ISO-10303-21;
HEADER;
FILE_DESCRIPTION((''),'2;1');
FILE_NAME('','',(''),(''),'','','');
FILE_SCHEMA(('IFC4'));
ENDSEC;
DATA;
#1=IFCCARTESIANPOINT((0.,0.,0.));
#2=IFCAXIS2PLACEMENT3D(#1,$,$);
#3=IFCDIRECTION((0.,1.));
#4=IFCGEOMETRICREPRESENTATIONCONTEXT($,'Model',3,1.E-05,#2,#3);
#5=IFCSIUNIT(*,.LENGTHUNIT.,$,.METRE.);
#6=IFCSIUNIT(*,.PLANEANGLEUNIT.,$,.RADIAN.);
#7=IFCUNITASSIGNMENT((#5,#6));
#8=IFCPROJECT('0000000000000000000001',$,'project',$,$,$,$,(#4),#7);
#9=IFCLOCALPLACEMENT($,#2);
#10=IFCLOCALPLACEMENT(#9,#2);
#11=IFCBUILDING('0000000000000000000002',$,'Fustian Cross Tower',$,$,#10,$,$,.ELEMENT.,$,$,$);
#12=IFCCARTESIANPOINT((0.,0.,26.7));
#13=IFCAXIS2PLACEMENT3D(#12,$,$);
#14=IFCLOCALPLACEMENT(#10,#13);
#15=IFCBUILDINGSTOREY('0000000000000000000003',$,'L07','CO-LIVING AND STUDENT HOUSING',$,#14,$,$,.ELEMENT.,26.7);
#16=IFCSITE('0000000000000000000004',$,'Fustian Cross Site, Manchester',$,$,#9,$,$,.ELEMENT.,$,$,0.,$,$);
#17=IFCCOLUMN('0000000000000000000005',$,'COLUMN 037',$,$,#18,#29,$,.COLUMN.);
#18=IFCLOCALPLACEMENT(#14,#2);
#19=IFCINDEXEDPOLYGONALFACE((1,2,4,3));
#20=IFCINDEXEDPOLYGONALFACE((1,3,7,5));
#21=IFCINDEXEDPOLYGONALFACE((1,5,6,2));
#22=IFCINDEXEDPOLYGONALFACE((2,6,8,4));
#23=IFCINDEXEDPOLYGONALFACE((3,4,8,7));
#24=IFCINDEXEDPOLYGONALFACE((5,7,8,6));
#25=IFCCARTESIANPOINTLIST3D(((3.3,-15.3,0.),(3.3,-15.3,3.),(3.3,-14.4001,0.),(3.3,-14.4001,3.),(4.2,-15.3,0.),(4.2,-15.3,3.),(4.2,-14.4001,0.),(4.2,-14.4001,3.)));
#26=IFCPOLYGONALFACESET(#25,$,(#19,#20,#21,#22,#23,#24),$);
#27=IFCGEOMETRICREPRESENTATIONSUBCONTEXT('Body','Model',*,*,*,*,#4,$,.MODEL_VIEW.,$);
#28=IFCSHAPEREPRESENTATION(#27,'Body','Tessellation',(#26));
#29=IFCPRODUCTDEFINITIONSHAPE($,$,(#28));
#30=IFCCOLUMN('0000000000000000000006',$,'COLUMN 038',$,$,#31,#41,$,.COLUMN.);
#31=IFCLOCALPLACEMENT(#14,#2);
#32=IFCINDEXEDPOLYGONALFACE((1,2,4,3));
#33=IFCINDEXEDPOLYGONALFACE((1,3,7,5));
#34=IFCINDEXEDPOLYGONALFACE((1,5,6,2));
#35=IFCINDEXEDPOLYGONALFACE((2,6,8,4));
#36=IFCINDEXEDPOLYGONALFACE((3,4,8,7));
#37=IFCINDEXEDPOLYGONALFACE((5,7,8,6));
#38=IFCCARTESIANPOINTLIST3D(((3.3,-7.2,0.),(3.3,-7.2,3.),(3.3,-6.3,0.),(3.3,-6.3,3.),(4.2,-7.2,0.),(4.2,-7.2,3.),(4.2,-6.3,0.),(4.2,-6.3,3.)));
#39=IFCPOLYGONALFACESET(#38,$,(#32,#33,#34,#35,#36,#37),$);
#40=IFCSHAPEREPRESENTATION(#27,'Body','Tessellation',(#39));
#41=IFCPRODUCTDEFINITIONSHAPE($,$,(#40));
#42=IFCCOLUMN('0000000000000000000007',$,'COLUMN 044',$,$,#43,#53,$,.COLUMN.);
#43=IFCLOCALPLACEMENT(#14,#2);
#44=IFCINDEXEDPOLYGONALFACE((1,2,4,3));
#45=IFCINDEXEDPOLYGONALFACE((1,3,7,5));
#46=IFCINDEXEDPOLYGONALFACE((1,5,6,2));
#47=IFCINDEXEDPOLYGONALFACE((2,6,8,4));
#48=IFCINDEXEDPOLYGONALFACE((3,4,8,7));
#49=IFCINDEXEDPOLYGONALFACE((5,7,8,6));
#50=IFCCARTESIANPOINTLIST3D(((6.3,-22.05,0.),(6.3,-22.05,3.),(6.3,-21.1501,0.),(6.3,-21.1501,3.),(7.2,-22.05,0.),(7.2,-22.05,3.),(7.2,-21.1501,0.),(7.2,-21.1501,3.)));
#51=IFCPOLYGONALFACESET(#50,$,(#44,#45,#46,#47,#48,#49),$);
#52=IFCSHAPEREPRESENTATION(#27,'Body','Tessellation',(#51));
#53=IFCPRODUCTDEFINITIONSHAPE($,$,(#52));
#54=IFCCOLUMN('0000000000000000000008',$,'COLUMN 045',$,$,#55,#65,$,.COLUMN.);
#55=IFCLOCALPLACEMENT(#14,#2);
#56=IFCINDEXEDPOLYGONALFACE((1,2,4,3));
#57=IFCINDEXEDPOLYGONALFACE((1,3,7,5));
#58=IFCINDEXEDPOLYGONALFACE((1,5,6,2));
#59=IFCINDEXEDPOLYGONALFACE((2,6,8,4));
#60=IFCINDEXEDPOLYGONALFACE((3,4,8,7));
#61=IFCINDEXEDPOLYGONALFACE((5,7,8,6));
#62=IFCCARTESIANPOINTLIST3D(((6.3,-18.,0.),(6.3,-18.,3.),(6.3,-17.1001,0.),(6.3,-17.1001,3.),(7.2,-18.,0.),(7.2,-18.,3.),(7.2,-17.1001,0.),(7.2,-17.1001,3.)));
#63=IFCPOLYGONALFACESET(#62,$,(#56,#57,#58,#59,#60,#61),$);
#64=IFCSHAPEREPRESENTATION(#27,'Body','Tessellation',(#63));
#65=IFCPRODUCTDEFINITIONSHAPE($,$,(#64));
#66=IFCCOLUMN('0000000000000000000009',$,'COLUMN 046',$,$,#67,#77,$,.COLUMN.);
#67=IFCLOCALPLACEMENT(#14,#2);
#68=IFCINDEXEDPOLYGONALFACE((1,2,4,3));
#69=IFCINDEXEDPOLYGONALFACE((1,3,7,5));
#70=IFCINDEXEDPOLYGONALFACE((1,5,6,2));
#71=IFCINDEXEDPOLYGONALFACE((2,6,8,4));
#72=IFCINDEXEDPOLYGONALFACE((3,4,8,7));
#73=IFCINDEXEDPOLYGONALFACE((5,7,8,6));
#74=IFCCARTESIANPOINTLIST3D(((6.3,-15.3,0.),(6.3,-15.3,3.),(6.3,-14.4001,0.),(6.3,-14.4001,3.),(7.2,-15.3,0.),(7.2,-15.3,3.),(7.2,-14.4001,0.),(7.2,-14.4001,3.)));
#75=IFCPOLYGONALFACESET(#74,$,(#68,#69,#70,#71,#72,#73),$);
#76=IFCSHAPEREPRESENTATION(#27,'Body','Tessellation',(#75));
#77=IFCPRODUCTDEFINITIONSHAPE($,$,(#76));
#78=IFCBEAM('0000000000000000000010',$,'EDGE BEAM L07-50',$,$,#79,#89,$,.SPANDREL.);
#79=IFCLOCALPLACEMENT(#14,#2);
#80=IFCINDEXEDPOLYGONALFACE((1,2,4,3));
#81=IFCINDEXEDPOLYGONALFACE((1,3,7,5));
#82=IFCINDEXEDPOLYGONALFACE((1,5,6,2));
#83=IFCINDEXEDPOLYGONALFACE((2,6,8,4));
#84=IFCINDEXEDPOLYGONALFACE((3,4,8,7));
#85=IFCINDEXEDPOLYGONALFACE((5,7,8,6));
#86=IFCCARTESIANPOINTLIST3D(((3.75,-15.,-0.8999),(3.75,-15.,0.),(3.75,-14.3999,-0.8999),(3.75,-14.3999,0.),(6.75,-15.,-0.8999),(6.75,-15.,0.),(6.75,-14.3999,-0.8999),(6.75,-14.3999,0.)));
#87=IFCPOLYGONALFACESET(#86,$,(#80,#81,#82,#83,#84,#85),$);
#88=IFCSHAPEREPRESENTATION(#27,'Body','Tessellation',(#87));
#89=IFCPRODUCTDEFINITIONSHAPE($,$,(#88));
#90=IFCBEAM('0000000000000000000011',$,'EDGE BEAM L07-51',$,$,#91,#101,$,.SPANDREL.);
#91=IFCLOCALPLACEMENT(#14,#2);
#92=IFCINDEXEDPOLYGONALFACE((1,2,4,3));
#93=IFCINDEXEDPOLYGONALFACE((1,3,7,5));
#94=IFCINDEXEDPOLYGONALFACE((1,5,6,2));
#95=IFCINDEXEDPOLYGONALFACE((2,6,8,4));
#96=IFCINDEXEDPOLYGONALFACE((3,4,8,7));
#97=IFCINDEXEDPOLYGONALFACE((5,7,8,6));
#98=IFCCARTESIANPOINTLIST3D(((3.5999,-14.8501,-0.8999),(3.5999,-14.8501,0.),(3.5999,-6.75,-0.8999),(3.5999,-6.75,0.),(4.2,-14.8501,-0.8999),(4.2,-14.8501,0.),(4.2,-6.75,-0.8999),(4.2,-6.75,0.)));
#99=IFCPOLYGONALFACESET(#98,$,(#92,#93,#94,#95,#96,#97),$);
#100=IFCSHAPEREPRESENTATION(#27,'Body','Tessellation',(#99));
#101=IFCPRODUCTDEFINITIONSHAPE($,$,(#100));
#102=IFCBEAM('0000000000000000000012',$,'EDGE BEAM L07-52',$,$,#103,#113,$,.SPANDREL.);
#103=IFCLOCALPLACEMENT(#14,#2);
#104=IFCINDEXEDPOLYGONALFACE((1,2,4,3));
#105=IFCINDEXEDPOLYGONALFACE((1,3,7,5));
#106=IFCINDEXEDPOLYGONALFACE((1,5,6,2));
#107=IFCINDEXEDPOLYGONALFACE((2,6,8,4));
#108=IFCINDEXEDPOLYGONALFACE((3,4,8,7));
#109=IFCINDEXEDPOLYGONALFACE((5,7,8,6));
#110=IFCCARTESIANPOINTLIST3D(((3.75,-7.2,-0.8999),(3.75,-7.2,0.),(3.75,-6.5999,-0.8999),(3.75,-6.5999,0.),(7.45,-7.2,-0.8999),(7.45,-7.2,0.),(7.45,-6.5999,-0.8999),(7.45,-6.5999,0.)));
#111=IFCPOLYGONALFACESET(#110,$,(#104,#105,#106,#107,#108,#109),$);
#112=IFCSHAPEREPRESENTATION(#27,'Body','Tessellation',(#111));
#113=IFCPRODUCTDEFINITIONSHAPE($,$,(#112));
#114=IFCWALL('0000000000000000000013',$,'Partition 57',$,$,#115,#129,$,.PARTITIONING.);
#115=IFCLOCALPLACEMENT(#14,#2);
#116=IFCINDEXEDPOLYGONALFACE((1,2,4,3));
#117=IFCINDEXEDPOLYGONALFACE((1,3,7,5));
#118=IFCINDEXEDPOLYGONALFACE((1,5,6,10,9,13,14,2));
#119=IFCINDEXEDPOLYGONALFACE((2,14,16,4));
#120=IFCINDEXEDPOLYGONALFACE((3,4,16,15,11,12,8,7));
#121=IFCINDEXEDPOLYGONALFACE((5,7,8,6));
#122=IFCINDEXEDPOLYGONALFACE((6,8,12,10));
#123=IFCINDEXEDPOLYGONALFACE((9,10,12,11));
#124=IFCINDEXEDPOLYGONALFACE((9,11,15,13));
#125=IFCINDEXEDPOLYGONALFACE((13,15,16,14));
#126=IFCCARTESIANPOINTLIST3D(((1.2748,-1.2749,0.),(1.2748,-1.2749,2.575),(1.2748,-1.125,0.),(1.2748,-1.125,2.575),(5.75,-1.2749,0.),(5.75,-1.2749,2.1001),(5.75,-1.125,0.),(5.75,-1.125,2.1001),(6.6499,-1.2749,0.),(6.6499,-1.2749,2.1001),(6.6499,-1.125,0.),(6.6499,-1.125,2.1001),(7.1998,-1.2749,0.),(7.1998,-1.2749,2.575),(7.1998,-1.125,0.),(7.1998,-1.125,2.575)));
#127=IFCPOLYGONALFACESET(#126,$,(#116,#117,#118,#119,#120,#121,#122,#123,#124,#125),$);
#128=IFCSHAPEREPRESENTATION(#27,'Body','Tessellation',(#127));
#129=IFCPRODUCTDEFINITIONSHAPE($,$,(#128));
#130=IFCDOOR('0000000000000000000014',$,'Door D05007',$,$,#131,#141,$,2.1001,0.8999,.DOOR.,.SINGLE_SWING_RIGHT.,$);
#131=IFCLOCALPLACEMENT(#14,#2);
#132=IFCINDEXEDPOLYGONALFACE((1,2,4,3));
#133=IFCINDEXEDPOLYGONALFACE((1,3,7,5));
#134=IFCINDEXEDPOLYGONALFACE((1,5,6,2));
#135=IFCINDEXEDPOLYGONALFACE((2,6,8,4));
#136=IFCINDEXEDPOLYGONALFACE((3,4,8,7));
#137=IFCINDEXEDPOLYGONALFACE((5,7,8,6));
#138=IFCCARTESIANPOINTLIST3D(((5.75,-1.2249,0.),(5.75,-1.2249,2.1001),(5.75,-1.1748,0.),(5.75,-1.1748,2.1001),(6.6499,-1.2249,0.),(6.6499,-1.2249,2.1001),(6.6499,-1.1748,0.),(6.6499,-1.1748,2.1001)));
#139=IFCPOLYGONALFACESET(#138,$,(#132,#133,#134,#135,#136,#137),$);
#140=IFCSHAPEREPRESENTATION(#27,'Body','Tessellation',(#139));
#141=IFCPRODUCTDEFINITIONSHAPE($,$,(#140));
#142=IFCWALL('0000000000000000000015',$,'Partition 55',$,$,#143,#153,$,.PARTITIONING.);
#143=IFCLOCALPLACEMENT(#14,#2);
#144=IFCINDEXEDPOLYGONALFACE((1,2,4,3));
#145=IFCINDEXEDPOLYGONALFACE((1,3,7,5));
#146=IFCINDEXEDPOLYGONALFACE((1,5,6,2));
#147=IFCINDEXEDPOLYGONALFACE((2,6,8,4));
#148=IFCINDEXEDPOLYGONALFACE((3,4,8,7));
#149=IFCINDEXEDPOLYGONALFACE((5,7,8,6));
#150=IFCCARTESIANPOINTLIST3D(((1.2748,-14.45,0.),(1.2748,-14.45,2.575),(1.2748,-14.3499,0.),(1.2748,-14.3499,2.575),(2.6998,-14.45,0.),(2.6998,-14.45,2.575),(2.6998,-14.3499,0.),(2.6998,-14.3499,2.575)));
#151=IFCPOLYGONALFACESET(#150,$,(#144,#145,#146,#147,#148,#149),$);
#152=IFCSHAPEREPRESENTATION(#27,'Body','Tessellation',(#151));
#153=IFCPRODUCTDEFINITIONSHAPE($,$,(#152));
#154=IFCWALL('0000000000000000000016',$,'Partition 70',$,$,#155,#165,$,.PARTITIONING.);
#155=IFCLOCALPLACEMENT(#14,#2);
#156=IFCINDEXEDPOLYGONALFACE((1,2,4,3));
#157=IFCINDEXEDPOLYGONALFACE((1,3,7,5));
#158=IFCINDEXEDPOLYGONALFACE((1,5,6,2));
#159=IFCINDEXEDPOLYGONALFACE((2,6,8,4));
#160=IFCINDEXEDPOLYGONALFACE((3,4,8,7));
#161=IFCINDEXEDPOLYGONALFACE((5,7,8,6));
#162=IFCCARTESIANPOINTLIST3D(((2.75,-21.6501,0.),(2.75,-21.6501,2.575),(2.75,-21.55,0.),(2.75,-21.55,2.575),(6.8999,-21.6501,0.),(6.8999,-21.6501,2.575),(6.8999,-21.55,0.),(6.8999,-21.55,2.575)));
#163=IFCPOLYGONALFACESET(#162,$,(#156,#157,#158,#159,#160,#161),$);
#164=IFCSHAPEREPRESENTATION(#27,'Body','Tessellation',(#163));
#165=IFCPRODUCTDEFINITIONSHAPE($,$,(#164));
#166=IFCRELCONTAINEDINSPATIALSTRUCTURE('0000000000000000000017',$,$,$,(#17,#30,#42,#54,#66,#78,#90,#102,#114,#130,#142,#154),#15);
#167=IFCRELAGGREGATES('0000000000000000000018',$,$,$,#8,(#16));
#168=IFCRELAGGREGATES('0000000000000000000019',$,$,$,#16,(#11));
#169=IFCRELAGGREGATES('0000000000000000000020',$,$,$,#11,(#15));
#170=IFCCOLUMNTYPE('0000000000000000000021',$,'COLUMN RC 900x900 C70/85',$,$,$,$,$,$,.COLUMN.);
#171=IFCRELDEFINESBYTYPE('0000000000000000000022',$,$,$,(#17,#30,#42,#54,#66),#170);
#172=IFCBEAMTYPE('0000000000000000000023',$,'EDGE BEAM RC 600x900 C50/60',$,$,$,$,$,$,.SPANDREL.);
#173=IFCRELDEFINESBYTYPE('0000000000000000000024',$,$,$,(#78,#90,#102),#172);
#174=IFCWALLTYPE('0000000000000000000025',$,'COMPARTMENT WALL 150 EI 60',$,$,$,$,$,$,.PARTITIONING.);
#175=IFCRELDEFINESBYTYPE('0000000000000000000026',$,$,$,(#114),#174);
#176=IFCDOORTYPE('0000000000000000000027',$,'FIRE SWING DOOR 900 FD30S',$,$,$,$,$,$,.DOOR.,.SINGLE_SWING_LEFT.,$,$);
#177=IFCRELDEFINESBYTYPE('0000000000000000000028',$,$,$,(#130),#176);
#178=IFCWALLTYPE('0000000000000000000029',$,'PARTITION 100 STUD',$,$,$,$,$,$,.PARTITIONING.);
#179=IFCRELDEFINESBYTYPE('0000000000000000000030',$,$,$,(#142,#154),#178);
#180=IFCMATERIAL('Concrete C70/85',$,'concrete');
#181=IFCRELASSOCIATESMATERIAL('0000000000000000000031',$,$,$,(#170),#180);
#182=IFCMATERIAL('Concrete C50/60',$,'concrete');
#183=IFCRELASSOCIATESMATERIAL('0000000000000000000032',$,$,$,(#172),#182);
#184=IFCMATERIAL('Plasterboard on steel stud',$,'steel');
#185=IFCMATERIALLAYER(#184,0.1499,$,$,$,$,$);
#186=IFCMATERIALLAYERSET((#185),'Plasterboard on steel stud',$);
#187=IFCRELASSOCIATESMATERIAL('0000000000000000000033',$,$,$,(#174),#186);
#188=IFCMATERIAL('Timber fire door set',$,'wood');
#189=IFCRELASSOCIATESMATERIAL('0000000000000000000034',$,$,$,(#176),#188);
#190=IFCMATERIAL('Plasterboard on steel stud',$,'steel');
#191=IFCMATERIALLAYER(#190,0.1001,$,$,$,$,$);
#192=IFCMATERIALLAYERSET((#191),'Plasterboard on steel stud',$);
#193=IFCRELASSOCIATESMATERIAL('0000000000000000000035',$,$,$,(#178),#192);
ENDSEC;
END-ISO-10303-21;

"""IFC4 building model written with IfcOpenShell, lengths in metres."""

from ifc_helpers import new_model, si_unit, direction, frame, frame_2d, origin, origin_2d, place, context, subcontext, project, spatial, rectangle, extrude, material, layer, layer_set, material_profile, profile_set, type_object, element, fill, save


model = new_model("IFC4")

# Units and contexts
model_context = context("Model", 3, precision=1e-05, world=origin(), true_north=direction((0.0, 1.0)))
body_context = subcontext(model_context, "Body", "Model", "MODEL_VIEW")
ifc_project = project(units=[si_unit("LENGTHUNIT", "METRE"), si_unit("PLANEANGLEUNIT", "RADIAN")], contexts=[model_context])

# Site, building, storey
site_placement = place(None, origin())
site = spatial("IfcSite", under=ifc_project, at=site_placement, Name="Fustian Cross Site, Manchester", CompositionType="ELEMENT", RefElevation=0.0)
building_placement = place(site_placement, origin())
building = spatial("IfcBuilding", under=site, at=building_placement, Name="Fustian Cross Tower", CompositionType="ELEMENT")
storey_placement = place(building_placement, frame((0.0, 0.0, 26.7)))
storey = spatial("IfcBuildingStorey", under=building, at=storey_placement, Name="L07", Description="CO-LIVING AND STUDENT HOUSING", CompositionType="ELEMENT", Elevation=26.7)

# Columns
ifc_material_1 = material(Name="Concrete C70/85", Category="concrete")
ifc_material_profile_1 = material_profile(ifc_material_1, rectangle(XDim=0.8999, YDim=0.8999, at=origin_2d()), Name="RC 900x900")
ifc_profile_set_1 = profile_set([ifc_material_profile_1], Name="Concrete C70/85")
column_type = type_object("IfcColumnType", Name="COLUMN RC 900x900 C70/85", PredefinedType="COLUMN", material=ifc_profile_set_1)
for number, where, z_axis, x_axis, name in (
    (1, (3.75, -14.8501, 0.0), (0.0, 0.0, 1.0), (1.0, 0.0, 0.0), "COLUMN 037"),
    (2, (3.75, -6.75, 0.0), (0.0, 0.0, 1.0), (1.0, 0.0, 0.0), "COLUMN 038"),
    (3, (6.75, -21.6001, 0.0), (0.0, 0.0, 1.0), (1.0, 0.0, 0.0), "COLUMN 044"),
    (4, (6.75, -17.55, 0.0), (0.0, 0.0, 1.0), (1.0, 0.0, 0.0), "COLUMN 045"),
    (5, (6.75, -14.8501, 0.0), (0.0, 0.0, 1.0), (1.0, 0.0, 0.0), "COLUMN 046"),
):
    element("IfcColumn", number, at=place(storey_placement, frame(where, z_axis=z_axis, x_axis=x_axis)), inside=storey, type_object=column_type, Name=name, PredefinedType="COLUMN", context=body_context, shape_type="SweptSolid", body=[
        extrude(rectangle(XDim=0.8999, YDim=0.8999, at=origin_2d()), origin(), (0.0, 0.0, 1.0), 3.0),
    ])

# Beams
ifc_material_2 = material(Name="Concrete C50/60", Category="concrete")
ifc_material_profile_2 = material_profile(ifc_material_2, rectangle(XDim=0.6001, YDim=0.8999, at=origin_2d()), Name="RC 600x900")
ifc_profile_set_2 = profile_set([ifc_material_profile_2], Name="Concrete C50/60")
beam_type = type_object("IfcBeamType", Name="EDGE BEAM RC 600x900 C50/60", PredefinedType="SPANDREL", material=ifc_profile_set_2)
beam_1_placement = place(storey_placement, frame((6.75, -14.7, -0.45), z_axis=(-1.0, 0.0, 0.0), x_axis=(0.0, -1.0, 0.0)))
element("IfcBeam", 6, at=beam_1_placement, inside=storey, type_object=beam_type, Name="EDGE BEAM L07-50", PredefinedType="SPANDREL", context=body_context, shape_type="SweptSolid", body=[
    extrude(rectangle(XDim=0.6001, YDim=0.8999, at=origin_2d()), origin(), (0.0, 0.0, 1.0), 3.0),
])
beam_2_placement = place(storey_placement, frame((3.8999, -14.8501, -0.45), z_axis=(0.0, 1.0, 0.0), x_axis=(-1.0, 0.0, 0.0)))
element("IfcBeam", 7, at=beam_2_placement, inside=storey, type_object=beam_type, Name="EDGE BEAM L07-51", PredefinedType="SPANDREL", context=body_context, shape_type="SweptSolid", body=[
    extrude(rectangle(XDim=0.6001, YDim=0.8999, at=origin_2d()), origin(), (0.0, 0.0, 1.0), 8.1001),
])
beam_3_placement = place(storey_placement, frame((3.75, -6.8999, -0.45), z_axis=(1.0, 0.0, 0.0), x_axis=(0.0, 1.0, 0.0)))
element("IfcBeam", 8, at=beam_3_placement, inside=storey, type_object=beam_type, Name="EDGE BEAM L07-52", PredefinedType="SPANDREL", context=body_context, shape_type="SweptSolid", body=[
    extrude(rectangle(XDim=0.6001, YDim=0.8999, at=origin_2d()), origin(), (0.0, 0.0, 1.0), 3.7),
])

# Wall, opening, door
ifc_material_3 = material(Name="Plasterboard on steel stud", Category="steel")
ifc_layer_1 = layer(ifc_material_3, 0.1499)
ifc_layer_set_1 = layer_set([ifc_layer_1], Name="Plasterboard on steel stud")
wall_type_1 = type_object("IfcWallType", Name="COMPARTMENT WALL 150 EI 60", PredefinedType="PARTITIONING", material=ifc_layer_set_1)
wall_1_placement = place(storey_placement, frame((1.2749, -1.2, 0.0), z_axis=(0.0, 0.0, 1.0), x_axis=(1.0, 0.0, 0.0)))
wall_1 = element("IfcWall", 9, at=wall_1_placement, inside=storey, type_object=wall_type_1, Name="Partition 57", PredefinedType="PARTITIONING", context=body_context, shape_type="SweptSolid", body=[
    extrude(rectangle(XDim=5.925, YDim=0.1499, at=frame_2d((2.9624, 0.0))), origin(), (0.0, 0.0, 1.0), 2.575),
])
opening_1_placement = place(wall_1_placement, frame((4.4751, 0.0, 0.0)))
opening_1 = element("IfcOpeningElement", 10, at=opening_1_placement, cuts=wall_1, PredefinedType="OPENING", context=body_context, shape_type="SweptSolid", body=[
    extrude(rectangle(XDim=0.8999, YDim=2.1001, at=frame_2d((0.45, 1.05))), frame((0.0, 0.085, 0.0), z_axis=(0.0, -1.0, 0.0), x_axis=(1.0, 0.0, 0.0)), (0.0, 0.0, 1.0), 0.1699),
])
ifc_material_4 = material(Name="Timber fire door set", Category="wood")
door_type_1 = type_object("IfcDoorType", Name="FIRE SWING DOOR 900 FD30S", OperationType="SINGLE_SWING_LEFT", PredefinedType="DOOR", material=ifc_material_4)
door_1_placement = place(opening_1_placement, frame((0.8999, 0.0, 0.0), z_axis=(0.0, 0.0, 1.0), x_axis=(-1.0, 0.0, 0.0)))
door_1 = element("IfcDoor", 11, at=door_1_placement, inside=storey, type_object=door_type_1, Name="Door D05007", OperationType="SINGLE_SWING_RIGHT", OverallHeight=2.1001, OverallWidth=0.8999, PredefinedType="DOOR", context=body_context, shape_type="SweptSolid", body=[
    extrude(rectangle(XDim=0.8999, YDim=2.1001, at=frame_2d((0.45, 1.05))), frame((0.0, 0.0249, 0.0), z_axis=(0.0, -1.0, 0.0), x_axis=(1.0, 0.0, 0.0)), (0.0, 0.0, 1.0), 0.05),
])
fill(opening_1, door_1)

# Walls
ifc_material_5 = material(Name="Plasterboard on steel stud", Category="steel")
ifc_layer_2 = layer(ifc_material_5, 0.1001)
ifc_layer_set_2 = layer_set([ifc_layer_2], Name="Plasterboard on steel stud")
wall_type_2 = type_object("IfcWallType", Name="PARTITION 100 STUD", PredefinedType="PARTITIONING", material=ifc_layer_set_2)
wall_2_placement = place(storey_placement, frame((1.2749, -14.3999, 0.0), z_axis=(0.0, 0.0, 1.0), x_axis=(1.0, 0.0, 0.0)))
element("IfcWall", 12, at=wall_2_placement, inside=storey, type_object=wall_type_2, Name="Partition 55", PredefinedType="PARTITIONING", context=body_context, shape_type="SweptSolid", body=[
    extrude(rectangle(XDim=1.425, YDim=0.1001, at=frame_2d((0.7124, 0.0))), origin(), (0.0, 0.0, 1.0), 2.575),
])
wall_3_placement = place(storey_placement, frame((2.75, -21.6001, 0.0), z_axis=(0.0, 0.0, 1.0), x_axis=(1.0, 0.0, 0.0)))
element("IfcWall", 13, at=wall_3_placement, inside=storey, type_object=wall_type_2, Name="Partition 70", PredefinedType="PARTITIONING", context=body_context, shape_type="SweptSolid", body=[
    extrude(rectangle(XDim=4.1499, YDim=0.1001, at=frame_2d((2.075, 0.0))), origin(), (0.0, 0.0, 1.0), 2.575),
])

save(model, "model.ifc")
